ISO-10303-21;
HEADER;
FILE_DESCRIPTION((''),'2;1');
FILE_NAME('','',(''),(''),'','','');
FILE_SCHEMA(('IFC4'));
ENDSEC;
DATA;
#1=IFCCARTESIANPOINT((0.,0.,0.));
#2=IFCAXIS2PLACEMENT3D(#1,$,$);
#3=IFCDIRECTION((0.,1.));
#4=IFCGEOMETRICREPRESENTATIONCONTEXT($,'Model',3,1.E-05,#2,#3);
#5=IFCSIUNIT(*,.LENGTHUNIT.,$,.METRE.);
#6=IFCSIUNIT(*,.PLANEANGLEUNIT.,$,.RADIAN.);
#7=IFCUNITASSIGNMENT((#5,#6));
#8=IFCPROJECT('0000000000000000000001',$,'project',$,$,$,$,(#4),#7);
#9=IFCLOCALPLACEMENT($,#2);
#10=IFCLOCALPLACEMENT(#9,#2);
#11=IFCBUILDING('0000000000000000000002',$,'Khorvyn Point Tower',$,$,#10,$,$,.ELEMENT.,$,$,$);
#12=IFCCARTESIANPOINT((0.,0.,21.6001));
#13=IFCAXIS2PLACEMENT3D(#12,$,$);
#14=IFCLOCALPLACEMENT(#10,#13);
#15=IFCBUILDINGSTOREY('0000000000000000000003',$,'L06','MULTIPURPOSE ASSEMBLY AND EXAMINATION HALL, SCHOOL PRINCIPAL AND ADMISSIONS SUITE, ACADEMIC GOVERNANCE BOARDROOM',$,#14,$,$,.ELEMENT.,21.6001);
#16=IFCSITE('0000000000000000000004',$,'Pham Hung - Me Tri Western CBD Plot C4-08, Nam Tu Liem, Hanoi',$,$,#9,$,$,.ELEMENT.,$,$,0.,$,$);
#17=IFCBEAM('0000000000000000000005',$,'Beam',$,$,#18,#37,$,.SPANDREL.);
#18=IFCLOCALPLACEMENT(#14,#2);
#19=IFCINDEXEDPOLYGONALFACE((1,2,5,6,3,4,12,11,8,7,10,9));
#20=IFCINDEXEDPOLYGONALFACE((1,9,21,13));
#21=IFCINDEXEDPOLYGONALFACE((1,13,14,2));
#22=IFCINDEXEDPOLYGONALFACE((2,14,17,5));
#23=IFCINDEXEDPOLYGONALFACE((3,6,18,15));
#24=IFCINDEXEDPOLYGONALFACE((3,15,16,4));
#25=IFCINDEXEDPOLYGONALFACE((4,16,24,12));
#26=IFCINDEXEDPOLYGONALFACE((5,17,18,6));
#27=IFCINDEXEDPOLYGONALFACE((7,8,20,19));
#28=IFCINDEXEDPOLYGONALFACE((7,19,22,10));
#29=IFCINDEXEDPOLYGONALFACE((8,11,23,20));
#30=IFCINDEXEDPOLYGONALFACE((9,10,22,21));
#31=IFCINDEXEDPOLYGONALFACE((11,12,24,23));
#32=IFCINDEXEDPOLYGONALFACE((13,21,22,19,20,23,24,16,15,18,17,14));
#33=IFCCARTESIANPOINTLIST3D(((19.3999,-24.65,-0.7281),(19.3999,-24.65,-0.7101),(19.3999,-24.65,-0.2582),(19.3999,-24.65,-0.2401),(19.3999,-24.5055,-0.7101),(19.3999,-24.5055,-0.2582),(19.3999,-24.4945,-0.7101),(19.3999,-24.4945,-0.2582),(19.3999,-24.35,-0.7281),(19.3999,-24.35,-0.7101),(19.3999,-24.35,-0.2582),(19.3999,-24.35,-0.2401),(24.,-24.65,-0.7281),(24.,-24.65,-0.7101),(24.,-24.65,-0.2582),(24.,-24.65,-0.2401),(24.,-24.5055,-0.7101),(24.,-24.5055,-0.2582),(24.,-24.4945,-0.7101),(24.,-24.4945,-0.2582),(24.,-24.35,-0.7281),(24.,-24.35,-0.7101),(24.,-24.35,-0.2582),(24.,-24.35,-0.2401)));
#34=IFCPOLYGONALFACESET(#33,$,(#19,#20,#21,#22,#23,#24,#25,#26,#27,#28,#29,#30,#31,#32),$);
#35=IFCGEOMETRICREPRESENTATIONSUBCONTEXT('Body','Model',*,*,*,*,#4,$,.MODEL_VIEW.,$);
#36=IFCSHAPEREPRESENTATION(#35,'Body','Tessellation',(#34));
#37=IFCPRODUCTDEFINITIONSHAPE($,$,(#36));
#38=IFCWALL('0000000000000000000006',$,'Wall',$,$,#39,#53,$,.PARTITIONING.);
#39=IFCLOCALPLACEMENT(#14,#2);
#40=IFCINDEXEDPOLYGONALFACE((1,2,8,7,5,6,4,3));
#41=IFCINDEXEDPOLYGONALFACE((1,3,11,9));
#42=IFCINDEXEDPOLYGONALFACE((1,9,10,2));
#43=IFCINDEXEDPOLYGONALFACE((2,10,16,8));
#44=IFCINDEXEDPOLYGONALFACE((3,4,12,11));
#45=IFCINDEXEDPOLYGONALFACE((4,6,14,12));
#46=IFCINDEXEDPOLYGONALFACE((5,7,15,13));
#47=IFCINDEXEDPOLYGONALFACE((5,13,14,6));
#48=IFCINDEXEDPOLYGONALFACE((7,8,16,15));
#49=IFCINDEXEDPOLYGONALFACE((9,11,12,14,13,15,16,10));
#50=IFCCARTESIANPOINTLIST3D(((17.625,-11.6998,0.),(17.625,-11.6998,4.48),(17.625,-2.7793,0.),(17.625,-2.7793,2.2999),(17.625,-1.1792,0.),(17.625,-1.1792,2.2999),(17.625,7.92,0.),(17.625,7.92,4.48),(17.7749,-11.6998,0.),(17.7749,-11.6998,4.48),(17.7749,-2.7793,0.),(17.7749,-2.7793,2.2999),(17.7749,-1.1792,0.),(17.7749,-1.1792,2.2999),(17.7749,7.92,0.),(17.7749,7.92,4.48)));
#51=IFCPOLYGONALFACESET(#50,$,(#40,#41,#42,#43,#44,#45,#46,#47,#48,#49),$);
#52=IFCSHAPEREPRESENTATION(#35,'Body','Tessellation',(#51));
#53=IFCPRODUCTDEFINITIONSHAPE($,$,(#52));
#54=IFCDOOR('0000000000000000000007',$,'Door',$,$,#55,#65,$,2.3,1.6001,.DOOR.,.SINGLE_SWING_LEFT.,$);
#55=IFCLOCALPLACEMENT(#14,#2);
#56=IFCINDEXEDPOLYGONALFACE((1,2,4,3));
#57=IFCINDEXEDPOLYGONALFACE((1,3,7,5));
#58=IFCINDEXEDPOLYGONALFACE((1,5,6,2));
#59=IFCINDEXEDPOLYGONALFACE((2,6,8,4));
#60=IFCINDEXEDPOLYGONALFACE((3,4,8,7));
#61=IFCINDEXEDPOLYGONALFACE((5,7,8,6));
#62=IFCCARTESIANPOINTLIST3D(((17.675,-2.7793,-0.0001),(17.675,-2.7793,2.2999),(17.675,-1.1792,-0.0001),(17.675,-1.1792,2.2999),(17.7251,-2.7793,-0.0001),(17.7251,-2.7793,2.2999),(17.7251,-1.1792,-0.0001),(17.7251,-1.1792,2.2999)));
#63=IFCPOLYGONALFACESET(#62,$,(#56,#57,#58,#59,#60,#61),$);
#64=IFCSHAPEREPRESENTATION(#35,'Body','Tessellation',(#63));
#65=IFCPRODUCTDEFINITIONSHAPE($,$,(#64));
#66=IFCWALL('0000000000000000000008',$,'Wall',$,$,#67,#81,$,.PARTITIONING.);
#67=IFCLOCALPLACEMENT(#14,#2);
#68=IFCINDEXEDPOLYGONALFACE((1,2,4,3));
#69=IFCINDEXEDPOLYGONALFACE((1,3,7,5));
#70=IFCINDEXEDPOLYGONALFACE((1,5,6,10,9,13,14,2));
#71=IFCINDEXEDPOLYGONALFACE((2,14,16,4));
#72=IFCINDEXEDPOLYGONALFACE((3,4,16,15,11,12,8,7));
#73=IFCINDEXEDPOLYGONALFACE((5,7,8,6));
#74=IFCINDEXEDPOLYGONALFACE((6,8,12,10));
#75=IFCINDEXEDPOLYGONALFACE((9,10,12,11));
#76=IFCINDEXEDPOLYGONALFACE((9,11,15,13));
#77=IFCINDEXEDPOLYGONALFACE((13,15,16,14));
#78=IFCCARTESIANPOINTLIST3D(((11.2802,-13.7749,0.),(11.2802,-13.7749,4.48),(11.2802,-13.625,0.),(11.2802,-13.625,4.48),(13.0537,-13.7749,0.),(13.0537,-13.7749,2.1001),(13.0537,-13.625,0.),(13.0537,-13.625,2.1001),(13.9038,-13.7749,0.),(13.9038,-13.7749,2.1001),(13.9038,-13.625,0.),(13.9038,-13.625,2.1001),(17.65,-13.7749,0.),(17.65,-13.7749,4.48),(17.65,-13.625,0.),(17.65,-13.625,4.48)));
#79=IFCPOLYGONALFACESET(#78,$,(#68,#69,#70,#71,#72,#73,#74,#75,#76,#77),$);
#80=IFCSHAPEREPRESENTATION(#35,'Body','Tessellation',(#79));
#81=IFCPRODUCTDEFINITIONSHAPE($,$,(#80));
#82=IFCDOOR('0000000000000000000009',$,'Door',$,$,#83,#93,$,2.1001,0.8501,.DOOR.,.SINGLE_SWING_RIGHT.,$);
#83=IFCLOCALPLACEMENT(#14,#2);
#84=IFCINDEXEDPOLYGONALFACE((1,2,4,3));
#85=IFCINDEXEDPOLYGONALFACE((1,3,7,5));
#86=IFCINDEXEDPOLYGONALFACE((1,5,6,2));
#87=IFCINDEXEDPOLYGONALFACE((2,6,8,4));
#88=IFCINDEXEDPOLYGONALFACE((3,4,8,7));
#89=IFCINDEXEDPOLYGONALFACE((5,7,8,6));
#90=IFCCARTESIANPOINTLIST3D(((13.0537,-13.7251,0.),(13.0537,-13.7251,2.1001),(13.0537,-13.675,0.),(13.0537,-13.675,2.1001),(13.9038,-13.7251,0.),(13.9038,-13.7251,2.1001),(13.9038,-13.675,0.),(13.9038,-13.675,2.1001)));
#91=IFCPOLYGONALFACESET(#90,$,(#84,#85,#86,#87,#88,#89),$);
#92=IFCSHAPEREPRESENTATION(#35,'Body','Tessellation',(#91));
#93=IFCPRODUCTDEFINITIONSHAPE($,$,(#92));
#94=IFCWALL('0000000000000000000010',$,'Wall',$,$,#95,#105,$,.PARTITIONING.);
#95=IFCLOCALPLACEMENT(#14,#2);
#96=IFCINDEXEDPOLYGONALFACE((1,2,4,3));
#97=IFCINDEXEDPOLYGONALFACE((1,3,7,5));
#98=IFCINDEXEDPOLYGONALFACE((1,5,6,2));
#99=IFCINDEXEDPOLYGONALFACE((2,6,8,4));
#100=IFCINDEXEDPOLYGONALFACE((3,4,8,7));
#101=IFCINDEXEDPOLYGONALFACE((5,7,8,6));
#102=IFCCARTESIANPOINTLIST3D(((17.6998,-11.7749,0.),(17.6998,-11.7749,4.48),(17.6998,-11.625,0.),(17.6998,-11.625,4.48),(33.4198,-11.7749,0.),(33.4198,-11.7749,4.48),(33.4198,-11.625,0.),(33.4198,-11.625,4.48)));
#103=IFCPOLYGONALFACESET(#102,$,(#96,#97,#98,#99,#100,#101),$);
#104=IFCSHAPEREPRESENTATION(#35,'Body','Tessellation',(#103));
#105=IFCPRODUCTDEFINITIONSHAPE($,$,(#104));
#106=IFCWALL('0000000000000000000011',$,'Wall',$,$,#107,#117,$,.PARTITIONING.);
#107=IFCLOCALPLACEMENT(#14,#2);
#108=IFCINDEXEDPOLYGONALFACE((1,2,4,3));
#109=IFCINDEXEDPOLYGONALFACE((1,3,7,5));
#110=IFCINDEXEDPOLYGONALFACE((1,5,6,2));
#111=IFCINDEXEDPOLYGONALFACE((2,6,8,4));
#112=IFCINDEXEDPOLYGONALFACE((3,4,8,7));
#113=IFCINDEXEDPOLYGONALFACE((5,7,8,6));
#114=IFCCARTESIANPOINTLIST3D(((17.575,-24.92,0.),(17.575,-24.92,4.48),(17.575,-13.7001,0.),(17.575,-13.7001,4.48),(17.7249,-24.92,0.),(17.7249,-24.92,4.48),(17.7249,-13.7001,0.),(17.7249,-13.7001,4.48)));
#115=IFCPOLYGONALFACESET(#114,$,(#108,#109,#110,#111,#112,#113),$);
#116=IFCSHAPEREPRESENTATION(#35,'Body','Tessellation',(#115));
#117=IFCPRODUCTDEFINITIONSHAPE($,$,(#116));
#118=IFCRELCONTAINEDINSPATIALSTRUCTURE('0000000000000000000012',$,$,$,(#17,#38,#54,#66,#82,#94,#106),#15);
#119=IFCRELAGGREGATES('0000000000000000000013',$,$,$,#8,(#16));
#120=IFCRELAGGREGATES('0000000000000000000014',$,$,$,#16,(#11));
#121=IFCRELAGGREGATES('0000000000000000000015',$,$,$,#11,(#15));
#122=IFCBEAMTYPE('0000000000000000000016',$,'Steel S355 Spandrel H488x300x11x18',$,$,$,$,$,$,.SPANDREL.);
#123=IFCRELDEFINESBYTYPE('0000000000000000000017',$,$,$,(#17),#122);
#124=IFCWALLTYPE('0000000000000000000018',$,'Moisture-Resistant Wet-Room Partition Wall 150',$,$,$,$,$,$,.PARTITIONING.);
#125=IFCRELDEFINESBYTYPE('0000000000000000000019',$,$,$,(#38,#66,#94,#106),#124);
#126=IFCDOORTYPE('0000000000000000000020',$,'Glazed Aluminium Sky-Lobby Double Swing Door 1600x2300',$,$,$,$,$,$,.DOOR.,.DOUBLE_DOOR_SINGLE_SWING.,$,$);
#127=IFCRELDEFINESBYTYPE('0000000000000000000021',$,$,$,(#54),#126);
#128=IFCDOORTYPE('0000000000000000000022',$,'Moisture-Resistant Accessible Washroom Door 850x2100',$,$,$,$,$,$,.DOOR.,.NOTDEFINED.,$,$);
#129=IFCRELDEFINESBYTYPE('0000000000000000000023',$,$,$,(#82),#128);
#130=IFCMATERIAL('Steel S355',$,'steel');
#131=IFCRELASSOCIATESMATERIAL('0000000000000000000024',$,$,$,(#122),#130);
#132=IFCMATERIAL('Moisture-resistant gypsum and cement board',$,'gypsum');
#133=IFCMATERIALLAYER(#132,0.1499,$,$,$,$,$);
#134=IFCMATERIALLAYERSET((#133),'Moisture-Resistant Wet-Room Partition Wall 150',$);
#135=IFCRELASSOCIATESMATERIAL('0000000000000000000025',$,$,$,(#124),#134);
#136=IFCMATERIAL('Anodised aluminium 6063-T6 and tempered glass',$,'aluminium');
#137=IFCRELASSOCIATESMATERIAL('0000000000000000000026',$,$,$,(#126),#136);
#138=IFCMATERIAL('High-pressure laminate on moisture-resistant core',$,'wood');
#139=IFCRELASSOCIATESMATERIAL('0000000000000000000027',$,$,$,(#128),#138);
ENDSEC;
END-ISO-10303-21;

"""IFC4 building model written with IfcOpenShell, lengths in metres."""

from ifc_helpers import new_model, si_unit, direction, frame, frame_2d, origin, origin_2d, place, context, subcontext, project, spatial, rectangle, i_section, extrude, material, layer, layer_set, material_profile, profile_set, type_object, element, fill, save


model = new_model("IFC4")

# Units and contexts
model_context = context("Model", 3, precision=1e-05, world=origin(), true_north=direction((0.0, 1.0)))
body_context = subcontext(model_context, "Body", "Model", "MODEL_VIEW")
ifc_project = project(units=[si_unit("LENGTHUNIT", "METRE"), si_unit("PLANEANGLEUNIT", "RADIAN")], contexts=[model_context])

# Site, building, storey
site_placement = place(None, origin())
site = spatial("IfcSite", under=ifc_project, at=site_placement, Name="Pham Hung - Me Tri Western CBD Plot C4-08, Nam Tu Liem, Hanoi", CompositionType="ELEMENT", RefElevation=0.0)
building_placement = place(site_placement, origin())
building = spatial("IfcBuilding", under=site, at=building_placement, Name="Khorvyn Point Tower", CompositionType="ELEMENT")
storey_placement = place(building_placement, frame((0.0, 0.0, 21.6001)))
storey = spatial("IfcBuildingStorey", under=building, at=storey_placement, Name="L06", Description="MULTIPURPOSE ASSEMBLY AND EXAMINATION HALL, SCHOOL PRINCIPAL AND ADMISSIONS SUITE, ACADEMIC GOVERNANCE BOARDROOM", CompositionType="ELEMENT", Elevation=21.6001)

# Beam
ifc_material_1 = material(Name="Steel S355", Category="steel")
ifc_material_profile_1 = material_profile(ifc_material_1, i_section(OverallWidth=0.3, OverallDepth=0.488, WebThickness=0.011, FlangeThickness=0.0181, at=origin_2d()))
ifc_profile_set_1 = profile_set([ifc_material_profile_1], Name="Steel S355 H488x300x11x18")
beam_type_1 = type_object("IfcBeamType", Name="Steel S355 Spandrel H488x300x11x18", PredefinedType="SPANDREL", material=ifc_profile_set_1)
beam_1_placement = place(storey_placement, frame((19.3999, -24.5, -0.4841), z_axis=(1.0, 0.0, 0.0), x_axis=(0.0, 1.0, 0.0)))
element("IfcBeam", 1, at=beam_1_placement, inside=storey, type_object=beam_type_1, Name="Beam", PredefinedType="SPANDREL", context=body_context, shape_type="SweptSolid", body=[
    extrude(i_section(OverallWidth=0.3, OverallDepth=0.488, WebThickness=0.011, FlangeThickness=0.0181, at=origin_2d()), origin(), (0.0, 0.0, 1.0), 4.6001),
])

# Walls, openings, doors
ifc_material_2 = material(Name="Moisture-resistant gypsum and cement board", Category="gypsum")
ifc_layer = layer(ifc_material_2, 0.1499)
ifc_layer_set = layer_set([ifc_layer], Name="Moisture-Resistant Wet-Room Partition Wall 150")
wall_type = type_object("IfcWallType", Name="Moisture-Resistant Wet-Room Partition Wall 150", PredefinedType="PARTITIONING", material=ifc_layer_set)
wall_1_placement = place(storey_placement, frame((17.7, -11.7, 0.0), z_axis=(0.0, 0.0, 1.0), x_axis=(0.0, 1.0, 0.0)))
wall_1 = element("IfcWall", 2, at=wall_1_placement, inside=storey, type_object=wall_type, Name="Wall", PredefinedType="PARTITIONING", context=body_context, shape_type="SweptSolid", body=[
    extrude(rectangle(XDim=19.6199, YDim=0.1499, at=frame_2d((9.8101, 0.0))), origin(), (0.0, 0.0, 1.0), 4.48),
])
opening_1_placement = place(wall_1_placement, frame((8.9207, 0.0, 0.0)))
opening_1 = element("IfcOpeningElement", 3, at=opening_1_placement, cuts=wall_1, PredefinedType="OPENING", context=body_context, shape_type="SweptSolid", body=[
    extrude(rectangle(XDim=1.6001, YDim=2.3, at=frame_2d((0.8, 1.1499))), frame((0.0, 0.085, 0.0), z_axis=(0.0, -1.0, 0.0), x_axis=(1.0, 0.0, 0.0)), (0.0, 0.0, 1.0), 0.1699),
])
ifc_material_3 = material(Name="Anodised aluminium 6063-T6 and tempered glass", Category="aluminium")
door_type_1 = type_object("IfcDoorType", Name="Glazed Aluminium Sky-Lobby Double Swing Door 1600x2300", OperationType="DOUBLE_DOOR_SINGLE_SWING", PredefinedType="DOOR", material=ifc_material_3)
door_1_placement = place(opening_1_placement, origin())
door_1 = element("IfcDoor", 4, at=door_1_placement, inside=storey, type_object=door_type_1, Name="Door", OperationType="SINGLE_SWING_LEFT", OverallHeight=2.3, OverallWidth=1.6001, PredefinedType="DOOR", context=body_context, shape_type="SweptSolid", body=[
    extrude(rectangle(XDim=1.6001, YDim=2.3, at=frame_2d((0.8, 1.1499))), frame((0.0, 0.0249, 0.0), z_axis=(0.0, -1.0, 0.0), x_axis=(1.0, 0.0, 0.0)), (0.0, 0.0, 1.0), 0.05),
])
fill(opening_1, door_1)
wall_2_placement = place(storey_placement, frame((11.28, -13.7, 0.0), z_axis=(0.0, 0.0, 1.0), x_axis=(1.0, 0.0, 0.0)))
wall_2 = element("IfcWall", 5, at=wall_2_placement, inside=storey, type_object=wall_type, Name="Wall", PredefinedType="PARTITIONING", context=body_context, shape_type="SweptSolid", body=[
    extrude(rectangle(XDim=6.3699, YDim=0.1499, at=frame_2d((3.1851, 0.0))), origin(), (0.0, 0.0, 1.0), 4.48),
])
opening_2_placement = place(wall_2_placement, frame((1.7737, 0.0, 0.0)))
opening_2 = element("IfcOpeningElement", 6, at=opening_2_placement, cuts=wall_2, PredefinedType="OPENING", context=body_context, shape_type="SweptSolid", body=[
    extrude(rectangle(XDim=0.8501, YDim=2.1001, at=frame_2d((0.425, 1.05))), frame((0.0, 0.085, 0.0), z_axis=(0.0, -1.0, 0.0), x_axis=(1.0, 0.0, 0.0)), (0.0, 0.0, 1.0), 0.1699),
])
ifc_material_4 = material(Name="High-pressure laminate on moisture-resistant core", Category="wood")
door_type_2 = type_object("IfcDoorType", Name="Moisture-Resistant Accessible Washroom Door 850x2100", OperationType="NOTDEFINED", PredefinedType="DOOR", material=ifc_material_4)
door_2_placement = place(opening_2_placement, origin())
door_2 = element("IfcDoor", 7, at=door_2_placement, inside=storey, type_object=door_type_2, Name="Door", OperationType="SINGLE_SWING_RIGHT", OverallHeight=2.1001, OverallWidth=0.8501, PredefinedType="DOOR", context=body_context, shape_type="SweptSolid", body=[
    extrude(rectangle(XDim=0.8501, YDim=2.1001, at=frame_2d((0.425, 1.05))), frame((0.0, 0.0249, 0.0), z_axis=(0.0, -1.0, 0.0), x_axis=(1.0, 0.0, 0.0)), (0.0, 0.0, 1.0), 0.05),
])
fill(opening_2, door_2)

# Walls
wall_3_placement = place(storey_placement, frame((17.7, -11.7, 0.0), z_axis=(0.0, 0.0, 1.0), x_axis=(1.0, 0.0, 0.0)))
element("IfcWall", 8, at=wall_3_placement, inside=storey, type_object=wall_type, Name="Wall", PredefinedType="PARTITIONING", context=body_context, shape_type="SweptSolid", body=[
    extrude(rectangle(XDim=15.72, YDim=0.1499, at=frame_2d((7.8599, 0.0))), origin(), (0.0, 0.0, 1.0), 4.48),
])
wall_4_placement = place(storey_placement, frame((17.6499, -24.9199, 0.0), z_axis=(0.0, 0.0, 1.0), x_axis=(0.0, 1.0, 0.0)))
element("IfcWall", 9, at=wall_4_placement, inside=storey, type_object=wall_type, Name="Wall", PredefinedType="PARTITIONING", context=body_context, shape_type="SweptSolid", body=[
    extrude(rectangle(XDim=11.22, YDim=0.1499, at=frame_2d((5.6099, 0.0))), origin(), (0.0, 0.0, 1.0), 4.48),
])

save(model, "model.ifc")
